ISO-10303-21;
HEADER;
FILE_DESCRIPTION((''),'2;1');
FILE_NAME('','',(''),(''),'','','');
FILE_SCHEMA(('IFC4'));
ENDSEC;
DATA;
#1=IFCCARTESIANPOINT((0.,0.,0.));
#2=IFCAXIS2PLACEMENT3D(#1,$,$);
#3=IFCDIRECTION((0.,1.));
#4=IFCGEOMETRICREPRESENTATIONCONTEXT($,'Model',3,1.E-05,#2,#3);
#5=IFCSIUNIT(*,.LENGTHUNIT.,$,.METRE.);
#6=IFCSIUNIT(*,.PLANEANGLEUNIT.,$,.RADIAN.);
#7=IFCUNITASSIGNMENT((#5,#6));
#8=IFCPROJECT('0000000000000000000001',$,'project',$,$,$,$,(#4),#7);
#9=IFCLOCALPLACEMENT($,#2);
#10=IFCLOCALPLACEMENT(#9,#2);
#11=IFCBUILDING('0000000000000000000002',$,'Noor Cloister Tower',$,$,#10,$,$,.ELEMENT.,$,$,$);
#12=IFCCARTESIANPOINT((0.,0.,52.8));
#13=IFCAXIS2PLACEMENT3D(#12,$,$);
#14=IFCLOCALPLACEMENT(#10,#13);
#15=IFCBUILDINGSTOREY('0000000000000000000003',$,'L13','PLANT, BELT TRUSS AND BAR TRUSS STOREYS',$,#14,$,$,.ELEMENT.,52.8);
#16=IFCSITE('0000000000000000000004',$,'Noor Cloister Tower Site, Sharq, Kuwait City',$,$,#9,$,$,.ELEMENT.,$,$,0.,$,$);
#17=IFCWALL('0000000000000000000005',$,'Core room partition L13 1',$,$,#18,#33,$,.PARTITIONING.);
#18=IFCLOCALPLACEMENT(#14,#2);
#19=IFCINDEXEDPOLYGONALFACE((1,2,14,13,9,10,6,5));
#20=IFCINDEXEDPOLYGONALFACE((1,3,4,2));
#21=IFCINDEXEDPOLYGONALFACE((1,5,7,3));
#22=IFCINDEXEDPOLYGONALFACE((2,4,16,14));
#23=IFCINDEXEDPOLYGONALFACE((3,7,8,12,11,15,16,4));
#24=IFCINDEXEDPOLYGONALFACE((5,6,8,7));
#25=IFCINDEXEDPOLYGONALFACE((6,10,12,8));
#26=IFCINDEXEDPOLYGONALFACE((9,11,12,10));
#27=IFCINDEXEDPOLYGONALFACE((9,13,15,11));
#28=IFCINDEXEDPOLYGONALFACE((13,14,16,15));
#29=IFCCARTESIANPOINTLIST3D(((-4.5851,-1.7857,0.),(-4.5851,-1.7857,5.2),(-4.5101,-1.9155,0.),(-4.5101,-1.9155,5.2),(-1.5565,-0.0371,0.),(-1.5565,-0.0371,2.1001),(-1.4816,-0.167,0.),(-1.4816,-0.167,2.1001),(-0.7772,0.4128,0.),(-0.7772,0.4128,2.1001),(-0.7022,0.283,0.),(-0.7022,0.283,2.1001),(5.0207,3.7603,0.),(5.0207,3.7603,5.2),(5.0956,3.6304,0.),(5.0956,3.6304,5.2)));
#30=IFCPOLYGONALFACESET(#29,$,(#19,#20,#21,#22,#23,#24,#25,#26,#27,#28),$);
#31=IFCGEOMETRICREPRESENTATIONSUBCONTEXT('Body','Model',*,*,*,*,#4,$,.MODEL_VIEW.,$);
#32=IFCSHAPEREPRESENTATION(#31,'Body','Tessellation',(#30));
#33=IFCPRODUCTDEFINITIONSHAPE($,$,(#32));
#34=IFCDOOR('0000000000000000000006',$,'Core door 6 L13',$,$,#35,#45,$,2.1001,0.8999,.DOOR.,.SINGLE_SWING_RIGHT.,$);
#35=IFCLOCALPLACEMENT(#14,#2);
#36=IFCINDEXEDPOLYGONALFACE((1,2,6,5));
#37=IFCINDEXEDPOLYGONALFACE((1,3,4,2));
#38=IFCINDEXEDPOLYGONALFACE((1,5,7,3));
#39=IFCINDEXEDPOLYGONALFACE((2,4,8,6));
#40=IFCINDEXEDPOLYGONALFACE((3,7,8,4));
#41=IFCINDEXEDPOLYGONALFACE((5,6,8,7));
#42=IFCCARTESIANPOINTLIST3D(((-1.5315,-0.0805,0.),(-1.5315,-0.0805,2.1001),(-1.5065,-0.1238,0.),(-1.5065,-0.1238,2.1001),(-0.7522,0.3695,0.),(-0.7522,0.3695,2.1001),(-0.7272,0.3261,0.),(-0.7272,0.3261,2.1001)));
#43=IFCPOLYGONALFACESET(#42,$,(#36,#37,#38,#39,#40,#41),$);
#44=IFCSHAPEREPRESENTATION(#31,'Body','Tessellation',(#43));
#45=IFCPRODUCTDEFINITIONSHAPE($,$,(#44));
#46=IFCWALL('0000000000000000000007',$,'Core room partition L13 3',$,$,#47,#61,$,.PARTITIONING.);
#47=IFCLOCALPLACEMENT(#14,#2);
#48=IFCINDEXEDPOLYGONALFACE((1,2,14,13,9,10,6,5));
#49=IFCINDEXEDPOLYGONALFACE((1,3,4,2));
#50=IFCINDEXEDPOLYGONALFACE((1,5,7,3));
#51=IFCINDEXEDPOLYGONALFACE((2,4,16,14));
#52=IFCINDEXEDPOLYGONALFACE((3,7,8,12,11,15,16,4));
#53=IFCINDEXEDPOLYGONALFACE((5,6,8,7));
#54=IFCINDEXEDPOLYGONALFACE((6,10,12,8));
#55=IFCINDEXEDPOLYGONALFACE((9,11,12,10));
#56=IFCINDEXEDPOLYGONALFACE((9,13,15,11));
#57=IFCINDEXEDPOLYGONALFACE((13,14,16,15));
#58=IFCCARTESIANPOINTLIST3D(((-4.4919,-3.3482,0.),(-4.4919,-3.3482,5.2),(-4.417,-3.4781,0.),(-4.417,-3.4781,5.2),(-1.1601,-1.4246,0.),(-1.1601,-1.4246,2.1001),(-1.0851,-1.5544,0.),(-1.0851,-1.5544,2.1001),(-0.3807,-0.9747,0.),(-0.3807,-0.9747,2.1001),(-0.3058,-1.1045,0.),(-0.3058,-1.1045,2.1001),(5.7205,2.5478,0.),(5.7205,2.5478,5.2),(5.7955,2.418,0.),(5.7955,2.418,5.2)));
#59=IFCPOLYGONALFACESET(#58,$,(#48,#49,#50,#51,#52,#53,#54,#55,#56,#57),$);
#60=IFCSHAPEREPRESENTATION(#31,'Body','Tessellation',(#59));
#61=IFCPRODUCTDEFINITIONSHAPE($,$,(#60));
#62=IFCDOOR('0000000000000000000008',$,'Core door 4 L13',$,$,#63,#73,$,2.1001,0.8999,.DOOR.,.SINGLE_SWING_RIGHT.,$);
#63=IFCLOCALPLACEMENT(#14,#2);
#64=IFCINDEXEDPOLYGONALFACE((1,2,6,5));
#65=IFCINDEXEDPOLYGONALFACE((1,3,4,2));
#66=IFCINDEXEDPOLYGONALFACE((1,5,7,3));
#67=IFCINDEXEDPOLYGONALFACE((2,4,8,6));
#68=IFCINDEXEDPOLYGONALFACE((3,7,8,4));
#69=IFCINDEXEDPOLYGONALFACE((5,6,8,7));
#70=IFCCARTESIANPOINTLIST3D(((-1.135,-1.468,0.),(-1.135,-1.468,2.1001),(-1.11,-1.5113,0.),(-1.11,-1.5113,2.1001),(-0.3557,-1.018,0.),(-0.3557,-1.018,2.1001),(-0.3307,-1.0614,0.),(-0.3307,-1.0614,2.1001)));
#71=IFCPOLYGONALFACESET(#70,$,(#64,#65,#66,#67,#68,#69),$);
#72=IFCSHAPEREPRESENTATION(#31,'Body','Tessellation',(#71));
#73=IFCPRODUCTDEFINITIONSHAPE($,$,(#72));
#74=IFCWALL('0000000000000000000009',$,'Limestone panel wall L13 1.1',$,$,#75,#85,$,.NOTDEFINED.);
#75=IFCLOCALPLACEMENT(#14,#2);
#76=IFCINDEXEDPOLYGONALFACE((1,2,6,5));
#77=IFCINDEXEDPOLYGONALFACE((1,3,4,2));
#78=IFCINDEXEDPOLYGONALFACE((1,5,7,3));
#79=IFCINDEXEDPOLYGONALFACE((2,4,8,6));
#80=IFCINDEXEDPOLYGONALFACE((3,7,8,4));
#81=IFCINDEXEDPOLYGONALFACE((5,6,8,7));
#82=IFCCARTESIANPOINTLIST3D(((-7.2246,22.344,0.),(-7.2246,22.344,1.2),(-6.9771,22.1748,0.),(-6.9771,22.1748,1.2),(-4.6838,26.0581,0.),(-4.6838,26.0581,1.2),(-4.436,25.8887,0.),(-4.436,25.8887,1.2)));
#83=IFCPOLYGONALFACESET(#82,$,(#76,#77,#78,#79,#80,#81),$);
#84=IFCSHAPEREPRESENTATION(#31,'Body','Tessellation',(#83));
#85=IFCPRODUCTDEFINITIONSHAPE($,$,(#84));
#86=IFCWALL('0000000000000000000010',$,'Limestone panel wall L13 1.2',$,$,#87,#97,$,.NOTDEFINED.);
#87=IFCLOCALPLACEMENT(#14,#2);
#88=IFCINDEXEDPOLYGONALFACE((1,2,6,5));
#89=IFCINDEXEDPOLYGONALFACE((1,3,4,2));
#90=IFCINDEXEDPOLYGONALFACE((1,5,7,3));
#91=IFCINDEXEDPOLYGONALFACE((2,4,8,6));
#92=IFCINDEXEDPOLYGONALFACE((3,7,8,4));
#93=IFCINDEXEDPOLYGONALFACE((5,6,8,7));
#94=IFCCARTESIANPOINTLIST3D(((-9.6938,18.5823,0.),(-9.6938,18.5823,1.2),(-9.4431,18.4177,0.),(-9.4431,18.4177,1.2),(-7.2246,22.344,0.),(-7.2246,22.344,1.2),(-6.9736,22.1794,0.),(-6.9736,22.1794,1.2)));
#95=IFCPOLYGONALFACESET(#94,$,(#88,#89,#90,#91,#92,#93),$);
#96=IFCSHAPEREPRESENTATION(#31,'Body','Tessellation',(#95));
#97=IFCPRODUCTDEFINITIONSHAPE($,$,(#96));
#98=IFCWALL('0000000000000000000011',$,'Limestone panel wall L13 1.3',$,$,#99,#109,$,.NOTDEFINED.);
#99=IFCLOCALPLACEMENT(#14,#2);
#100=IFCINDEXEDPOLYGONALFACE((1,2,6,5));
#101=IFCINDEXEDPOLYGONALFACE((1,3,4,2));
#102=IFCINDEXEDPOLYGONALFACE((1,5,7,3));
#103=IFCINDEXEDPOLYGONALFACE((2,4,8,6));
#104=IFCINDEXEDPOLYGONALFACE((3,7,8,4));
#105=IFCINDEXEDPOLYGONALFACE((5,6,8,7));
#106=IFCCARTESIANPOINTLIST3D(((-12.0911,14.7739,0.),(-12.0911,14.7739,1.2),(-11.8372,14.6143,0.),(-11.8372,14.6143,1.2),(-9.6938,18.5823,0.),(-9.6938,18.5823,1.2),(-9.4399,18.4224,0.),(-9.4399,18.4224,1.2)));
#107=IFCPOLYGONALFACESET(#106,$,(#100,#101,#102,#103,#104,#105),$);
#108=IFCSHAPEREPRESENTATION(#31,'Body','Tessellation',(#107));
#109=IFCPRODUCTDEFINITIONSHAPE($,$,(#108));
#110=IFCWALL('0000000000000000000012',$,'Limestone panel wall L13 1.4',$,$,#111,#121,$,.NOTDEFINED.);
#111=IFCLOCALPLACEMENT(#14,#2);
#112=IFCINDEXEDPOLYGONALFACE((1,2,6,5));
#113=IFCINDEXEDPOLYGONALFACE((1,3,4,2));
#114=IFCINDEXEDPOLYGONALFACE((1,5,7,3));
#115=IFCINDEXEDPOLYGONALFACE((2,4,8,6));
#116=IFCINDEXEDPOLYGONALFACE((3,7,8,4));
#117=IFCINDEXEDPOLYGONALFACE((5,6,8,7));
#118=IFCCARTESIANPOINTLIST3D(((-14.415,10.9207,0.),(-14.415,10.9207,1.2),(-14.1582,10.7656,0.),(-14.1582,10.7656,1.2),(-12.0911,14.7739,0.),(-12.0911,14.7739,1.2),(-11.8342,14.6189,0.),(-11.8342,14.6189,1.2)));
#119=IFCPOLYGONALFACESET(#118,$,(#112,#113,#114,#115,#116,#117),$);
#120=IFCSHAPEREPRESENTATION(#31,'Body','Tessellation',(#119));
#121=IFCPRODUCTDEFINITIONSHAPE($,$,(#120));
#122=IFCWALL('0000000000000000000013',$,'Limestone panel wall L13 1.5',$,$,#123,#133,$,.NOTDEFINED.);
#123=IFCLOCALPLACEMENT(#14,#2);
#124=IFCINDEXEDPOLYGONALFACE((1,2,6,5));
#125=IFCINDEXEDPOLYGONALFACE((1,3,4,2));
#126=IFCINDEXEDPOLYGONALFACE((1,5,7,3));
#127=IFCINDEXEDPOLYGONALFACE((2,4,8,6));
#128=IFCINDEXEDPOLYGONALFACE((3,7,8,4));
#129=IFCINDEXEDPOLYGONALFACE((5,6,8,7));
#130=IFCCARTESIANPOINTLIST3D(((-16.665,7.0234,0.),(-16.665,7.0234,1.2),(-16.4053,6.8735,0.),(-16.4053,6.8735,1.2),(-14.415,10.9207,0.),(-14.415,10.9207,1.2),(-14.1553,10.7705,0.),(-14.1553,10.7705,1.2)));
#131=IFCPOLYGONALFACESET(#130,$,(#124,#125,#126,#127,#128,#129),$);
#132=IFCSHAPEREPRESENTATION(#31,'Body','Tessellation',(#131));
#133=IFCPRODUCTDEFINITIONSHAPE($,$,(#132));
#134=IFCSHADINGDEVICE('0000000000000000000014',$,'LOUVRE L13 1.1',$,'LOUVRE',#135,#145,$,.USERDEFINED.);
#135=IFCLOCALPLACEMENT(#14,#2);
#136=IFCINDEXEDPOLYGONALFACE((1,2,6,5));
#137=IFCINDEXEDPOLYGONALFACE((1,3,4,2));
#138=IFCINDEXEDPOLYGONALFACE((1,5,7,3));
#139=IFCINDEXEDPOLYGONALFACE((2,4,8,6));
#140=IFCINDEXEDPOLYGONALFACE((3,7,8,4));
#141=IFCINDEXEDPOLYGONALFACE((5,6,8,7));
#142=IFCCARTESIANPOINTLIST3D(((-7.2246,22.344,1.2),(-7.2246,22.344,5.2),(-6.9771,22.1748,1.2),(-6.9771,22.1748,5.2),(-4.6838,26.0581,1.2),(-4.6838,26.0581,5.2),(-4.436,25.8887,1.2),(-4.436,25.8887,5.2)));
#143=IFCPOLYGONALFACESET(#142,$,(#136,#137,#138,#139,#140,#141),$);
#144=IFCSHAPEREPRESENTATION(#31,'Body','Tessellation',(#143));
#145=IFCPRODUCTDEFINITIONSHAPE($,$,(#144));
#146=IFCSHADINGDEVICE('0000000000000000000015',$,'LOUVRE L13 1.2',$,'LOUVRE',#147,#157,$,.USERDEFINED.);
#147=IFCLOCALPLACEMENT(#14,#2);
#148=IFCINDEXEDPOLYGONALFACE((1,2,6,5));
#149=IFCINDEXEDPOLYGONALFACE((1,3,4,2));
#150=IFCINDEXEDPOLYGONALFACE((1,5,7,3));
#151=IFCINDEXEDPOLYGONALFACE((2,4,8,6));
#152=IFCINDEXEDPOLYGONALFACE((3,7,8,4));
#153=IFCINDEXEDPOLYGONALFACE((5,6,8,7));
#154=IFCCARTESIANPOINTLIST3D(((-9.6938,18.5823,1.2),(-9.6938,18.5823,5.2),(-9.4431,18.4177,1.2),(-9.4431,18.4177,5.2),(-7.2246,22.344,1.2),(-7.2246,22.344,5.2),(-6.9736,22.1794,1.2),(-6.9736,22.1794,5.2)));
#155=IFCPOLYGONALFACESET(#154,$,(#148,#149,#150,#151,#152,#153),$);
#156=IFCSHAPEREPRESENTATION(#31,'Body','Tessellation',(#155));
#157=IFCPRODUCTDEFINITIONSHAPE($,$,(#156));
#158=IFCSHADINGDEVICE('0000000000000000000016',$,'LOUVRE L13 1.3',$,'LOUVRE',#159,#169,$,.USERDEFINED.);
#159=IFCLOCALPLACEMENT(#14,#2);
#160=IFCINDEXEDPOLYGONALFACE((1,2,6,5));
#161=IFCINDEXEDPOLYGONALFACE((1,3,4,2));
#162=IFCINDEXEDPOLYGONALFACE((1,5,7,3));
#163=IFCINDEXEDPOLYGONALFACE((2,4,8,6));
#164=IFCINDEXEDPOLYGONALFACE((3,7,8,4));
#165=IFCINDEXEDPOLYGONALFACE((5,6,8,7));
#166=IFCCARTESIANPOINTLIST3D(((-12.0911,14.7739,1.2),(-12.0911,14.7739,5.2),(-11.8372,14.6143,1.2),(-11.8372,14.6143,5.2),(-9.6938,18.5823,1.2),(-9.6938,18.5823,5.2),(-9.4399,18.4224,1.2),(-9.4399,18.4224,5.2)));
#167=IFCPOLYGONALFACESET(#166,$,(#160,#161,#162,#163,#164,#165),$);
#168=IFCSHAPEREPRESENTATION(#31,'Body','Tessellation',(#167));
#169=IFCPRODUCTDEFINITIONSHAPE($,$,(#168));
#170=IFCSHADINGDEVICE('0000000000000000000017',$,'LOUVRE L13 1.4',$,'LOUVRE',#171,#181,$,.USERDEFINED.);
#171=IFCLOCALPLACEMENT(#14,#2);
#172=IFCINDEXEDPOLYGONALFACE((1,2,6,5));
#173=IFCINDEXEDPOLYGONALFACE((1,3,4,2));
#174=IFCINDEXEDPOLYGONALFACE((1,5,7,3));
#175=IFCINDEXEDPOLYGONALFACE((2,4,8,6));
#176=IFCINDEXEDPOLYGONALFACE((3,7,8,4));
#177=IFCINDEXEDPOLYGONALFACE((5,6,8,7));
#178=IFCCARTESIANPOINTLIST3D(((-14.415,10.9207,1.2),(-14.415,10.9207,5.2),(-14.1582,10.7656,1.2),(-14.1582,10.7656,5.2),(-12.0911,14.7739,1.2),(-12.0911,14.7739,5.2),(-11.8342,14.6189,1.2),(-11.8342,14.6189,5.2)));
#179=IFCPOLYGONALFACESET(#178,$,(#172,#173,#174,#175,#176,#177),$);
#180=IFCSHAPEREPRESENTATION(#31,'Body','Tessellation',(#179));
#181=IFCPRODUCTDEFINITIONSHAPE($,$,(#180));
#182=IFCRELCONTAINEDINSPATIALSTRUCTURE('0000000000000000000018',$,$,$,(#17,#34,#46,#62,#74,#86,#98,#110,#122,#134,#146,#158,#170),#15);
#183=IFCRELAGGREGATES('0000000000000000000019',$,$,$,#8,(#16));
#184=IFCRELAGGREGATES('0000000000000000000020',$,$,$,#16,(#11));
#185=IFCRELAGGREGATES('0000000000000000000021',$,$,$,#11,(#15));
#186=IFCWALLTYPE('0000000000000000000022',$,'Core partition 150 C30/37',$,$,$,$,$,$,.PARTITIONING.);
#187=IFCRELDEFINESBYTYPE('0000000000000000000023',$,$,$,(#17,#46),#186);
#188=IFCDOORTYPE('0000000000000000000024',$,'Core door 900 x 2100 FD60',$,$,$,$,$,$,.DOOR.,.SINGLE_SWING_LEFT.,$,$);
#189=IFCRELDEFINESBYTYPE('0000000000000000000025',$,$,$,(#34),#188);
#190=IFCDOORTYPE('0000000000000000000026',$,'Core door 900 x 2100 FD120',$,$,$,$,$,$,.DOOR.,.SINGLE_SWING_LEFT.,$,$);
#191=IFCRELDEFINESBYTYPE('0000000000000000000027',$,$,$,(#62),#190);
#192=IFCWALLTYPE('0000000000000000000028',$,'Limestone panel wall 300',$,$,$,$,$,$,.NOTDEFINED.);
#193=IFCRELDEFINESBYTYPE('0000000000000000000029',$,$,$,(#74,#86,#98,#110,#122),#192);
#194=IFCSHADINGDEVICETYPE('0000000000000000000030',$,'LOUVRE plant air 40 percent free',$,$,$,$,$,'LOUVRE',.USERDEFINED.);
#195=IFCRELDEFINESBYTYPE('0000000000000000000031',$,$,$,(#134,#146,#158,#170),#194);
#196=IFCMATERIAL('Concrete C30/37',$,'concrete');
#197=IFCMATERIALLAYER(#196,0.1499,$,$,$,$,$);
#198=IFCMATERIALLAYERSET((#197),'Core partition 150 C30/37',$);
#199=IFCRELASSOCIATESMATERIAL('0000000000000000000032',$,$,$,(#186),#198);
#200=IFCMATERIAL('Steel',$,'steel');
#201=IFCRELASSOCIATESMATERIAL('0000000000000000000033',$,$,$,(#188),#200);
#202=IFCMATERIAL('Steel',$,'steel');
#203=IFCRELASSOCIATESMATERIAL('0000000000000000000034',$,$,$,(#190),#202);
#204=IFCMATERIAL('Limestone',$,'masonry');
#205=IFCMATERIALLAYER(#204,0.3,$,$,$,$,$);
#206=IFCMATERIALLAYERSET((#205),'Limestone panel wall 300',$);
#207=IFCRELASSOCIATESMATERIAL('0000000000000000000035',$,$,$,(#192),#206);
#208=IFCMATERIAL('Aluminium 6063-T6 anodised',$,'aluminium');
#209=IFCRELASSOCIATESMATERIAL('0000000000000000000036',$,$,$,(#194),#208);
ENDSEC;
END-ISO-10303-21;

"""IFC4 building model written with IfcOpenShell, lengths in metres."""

from ifc_helpers import new_model, si_unit, direction, frame, frame_2d, origin, place, context, subcontext, project, spatial, polyline, rectangle, outline, extrude, material, layer, layer_set, type_object, element, fill, save


model = new_model("IFC4")

# Units and contexts
model_context = context("Model", 3, precision=1e-05, world=origin(), true_north=direction((0.0, 1.0)))
body_context = subcontext(model_context, "Body", "Model", "MODEL_VIEW")
ifc_project = project(units=[si_unit("LENGTHUNIT", "METRE"), si_unit("PLANEANGLEUNIT", "RADIAN")], contexts=[model_context])

# Site, building, storey
site_placement = place(None, origin())
site = spatial("IfcSite", under=ifc_project, at=site_placement, Name="Noor Cloister Tower Site, Sharq, Kuwait City", CompositionType="ELEMENT", RefElevation=0.0)
building_placement = place(site_placement, origin())
building = spatial("IfcBuilding", under=site, at=building_placement, Name="Noor Cloister Tower", CompositionType="ELEMENT")
storey_placement = place(building_placement, frame((0.0, 0.0, 52.8)))
storey = spatial("IfcBuildingStorey", under=building, at=storey_placement, Name="L13", Description="PLANT, BELT TRUSS AND BAR TRUSS STOREYS", CompositionType="ELEMENT", Elevation=52.8)

# Walls, openings, doors
ifc_material_1 = material(Name="Concrete C30/37", Category="concrete")
ifc_layer_1 = layer(ifc_material_1, 0.1499)
ifc_layer_set_1 = layer_set([ifc_layer_1], Name="Core partition 150 C30/37")
wall_type_1 = type_object("IfcWallType", Name="Core partition 150 C30/37", PredefinedType="PARTITIONING", material=ifc_layer_set_1)
wall_1_placement = place(storey_placement, frame((-4.5476, -1.8506, 0.0), z_axis=(0.0, 0.0, 1.0), x_axis=(0.866024, 0.500003, 0.0)))
wall_1 = element("IfcWall", 1, at=wall_1_placement, inside=storey, type_object=wall_type_1, Name="Core room partition L13 1", PredefinedType="PARTITIONING", context=body_context, shape_type="SweptSolid", body=[
    extrude(rectangle(XDim=11.0918, YDim=0.1499, at=frame_2d((5.5459, 0.0))), origin(), (0.0, 0.0, 1.0), 5.2),
])
opening_1_placement = place(wall_1_placement, frame((3.4971, 0.0, 0.0)))
opening_1 = element("IfcOpeningElement", 2, at=opening_1_placement, cuts=wall_1, PredefinedType="OPENING", context=body_context, shape_type="SweptSolid", body=[
    extrude(rectangle(XDim=0.8999, YDim=2.1001, at=frame_2d((0.45, 1.05))), frame((0.0, 0.085, 0.0), z_axis=(0.0, -1.0, 0.0), x_axis=(1.0, 0.0, 0.0)), (0.0, 0.0, 1.0), 0.1699),
])
ifc_material_2 = material(Name="Steel", Category="steel")
door_type_1 = type_object("IfcDoorType", Name="Core door 900 x 2100 FD60", OperationType="SINGLE_SWING_LEFT", PredefinedType="DOOR", material=ifc_material_2)
door_1_placement = place(opening_1_placement, origin())
door_1 = element("IfcDoor", 3, at=door_1_placement, inside=storey, type_object=door_type_1, Name="Core door 6 L13", OperationType="SINGLE_SWING_RIGHT", OverallHeight=2.1001, OverallWidth=0.8999, PredefinedType="DOOR", context=body_context, shape_type="SweptSolid", body=[
    extrude(rectangle(XDim=0.8999, YDim=2.1001, at=frame_2d((0.45, 1.05))), frame((0.0, 0.0249, 0.0), z_axis=(0.0, -1.0, 0.0), x_axis=(1.0, 0.0, 0.0)), (0.0, 0.0, 1.0), 0.05),
])
fill(opening_1, door_1)
wall_2_placement = place(storey_placement, frame((-4.4543, -3.4131, 0.0), z_axis=(0.0, 0.0, 1.0), x_axis=(0.86603, 0.499991, 0.0)))
wall_2 = element("IfcWall", 4, at=wall_2_placement, inside=storey, type_object=wall_type_1, Name="Core room partition L13 3", PredefinedType="PARTITIONING", context=body_context, shape_type="SweptSolid", body=[
    extrude(rectangle(XDim=11.7922, YDim=0.1499, at=frame_2d((5.896, 0.0))), origin(), (0.0, 0.0, 1.0), 5.2),
])
opening_2_placement = place(wall_2_placement, frame((3.8472, 0.0, 0.0)))
opening_2 = element("IfcOpeningElement", 5, at=opening_2_placement, cuts=wall_2, PredefinedType="OPENING", context=body_context, shape_type="SweptSolid", body=[
    extrude(rectangle(XDim=0.8999, YDim=2.1001, at=frame_2d((0.45, 1.05))), frame((0.0, 0.085, 0.0), z_axis=(0.0, -1.0, 0.0), x_axis=(1.0, 0.0, 0.0)), (0.0, 0.0, 1.0), 0.1699),
])
ifc_material_3 = material(Name="Steel", Category="steel")
door_type_2 = type_object("IfcDoorType", Name="Core door 900 x 2100 FD120", OperationType="SINGLE_SWING_LEFT", PredefinedType="DOOR", material=ifc_material_3)
door_2_placement = place(opening_2_placement, origin())
door_2 = element("IfcDoor", 6, at=door_2_placement, inside=storey, type_object=door_type_2, Name="Core door 4 L13", OperationType="SINGLE_SWING_RIGHT", OverallHeight=2.1001, OverallWidth=0.8999, PredefinedType="DOOR", context=body_context, shape_type="SweptSolid", body=[
    extrude(rectangle(XDim=0.8999, YDim=2.1001, at=frame_2d((0.45, 1.05))), frame((0.0, 0.0249, 0.0), z_axis=(0.0, -1.0, 0.0), x_axis=(1.0, 0.0, 0.0)), (0.0, 0.0, 1.0), 0.05),
])
fill(opening_2, door_2)

# Walls
ifc_material_4 = material(Name="Limestone", Category="masonry")
ifc_layer_2 = layer(ifc_material_4, 0.3)
ifc_layer_set_2 = layer_set([ifc_layer_2], Name="Limestone panel wall 300")
wall_type_2 = type_object("IfcWallType", Name="Limestone panel wall 300", PredefinedType="NOTDEFINED", material=ifc_layer_set_2)
wall_3_placement = place(storey_placement, origin())
element("IfcWall", 7, at=wall_3_placement, inside=storey, type_object=wall_type_2, Name="Limestone panel wall L13 1.1", PredefinedType="NOTDEFINED", context=body_context, shape_type="SweptSolid", body=[
    extrude(outline(polyline([(-4.6838, 26.0581), (-7.2246, 22.344), (-6.9771, 22.1748), (-4.436, 25.8887), (-4.6838, 26.0581)])), origin(), (0.0, 0.0, 1.0), 1.2),
])
wall_4_placement = place(storey_placement, origin())
element("IfcWall", 8, at=wall_4_placement, inside=storey, type_object=wall_type_2, Name="Limestone panel wall L13 1.2", PredefinedType="NOTDEFINED", context=body_context, shape_type="SweptSolid", body=[
    extrude(outline(polyline([(-7.2246, 22.344), (-9.6938, 18.5823), (-9.4431, 18.4177), (-6.9736, 22.1794), (-7.2246, 22.344)])), origin(), (0.0, 0.0, 1.0), 1.2),
])
wall_5_placement = place(storey_placement, origin())
element("IfcWall", 9, at=wall_5_placement, inside=storey, type_object=wall_type_2, Name="Limestone panel wall L13 1.3", PredefinedType="NOTDEFINED", context=body_context, shape_type="SweptSolid", body=[
    extrude(outline(polyline([(-9.6938, 18.5823), (-12.0911, 14.7739), (-11.8372, 14.6143), (-9.4399, 18.4224), (-9.6938, 18.5823)])), origin(), (0.0, 0.0, 1.0), 1.2),
])
wall_6_placement = place(storey_placement, origin())
element("IfcWall", 10, at=wall_6_placement, inside=storey, type_object=wall_type_2, Name="Limestone panel wall L13 1.4", PredefinedType="NOTDEFINED", context=body_context, shape_type="SweptSolid", body=[
    extrude(outline(polyline([(-12.0911, 14.7739), (-14.415, 10.9207), (-14.1582, 10.7656), (-11.8342, 14.6189), (-12.0911, 14.7739)])), origin(), (0.0, 0.0, 1.0), 1.2),
])
wall_7_placement = place(storey_placement, origin())
element("IfcWall", 11, at=wall_7_placement, inside=storey, type_object=wall_type_2, Name="Limestone panel wall L13 1.5", PredefinedType="NOTDEFINED", context=body_context, shape_type="SweptSolid", body=[
    extrude(outline(polyline([(-14.415, 10.9207), (-16.665, 7.0234), (-16.4053, 6.8735), (-14.1553, 10.7705), (-14.415, 10.9207)])), origin(), (0.0, 0.0, 1.0), 1.2),
])

# Shading devices
ifc_material_5 = material(Name="Aluminium 6063-T6 anodised", Category="aluminium")
shading_device_type = type_object("IfcShadingDeviceType", Name="LOUVRE plant air 40 percent free", ElementType="LOUVRE", PredefinedType="USERDEFINED", material=ifc_material_5)
shading_device_1_placement = place(storey_placement, frame((0.0, 0.0, 1.2)))
element("IfcShadingDevice", 12, at=shading_device_1_placement, inside=storey, type_object=shading_device_type, Name="LOUVRE L13 1.1", ObjectType="LOUVRE", PredefinedType="USERDEFINED", context=body_context, shape_type="SweptSolid", body=[
    extrude(outline(polyline([(-4.6838, 26.0581), (-7.2246, 22.344), (-6.9771, 22.1748), (-4.436, 25.8887), (-4.6838, 26.0581)])), origin(), (0.0, 0.0, 1.0), 4.0),
])
shading_device_2_placement = place(storey_placement, frame((0.0, 0.0, 1.2)))
element("IfcShadingDevice", 13, at=shading_device_2_placement, inside=storey, type_object=shading_device_type, Name="LOUVRE L13 1.2", ObjectType="LOUVRE", PredefinedType="USERDEFINED", context=body_context, shape_type="SweptSolid", body=[
    extrude(outline(polyline([(-7.2246, 22.344), (-9.6938, 18.5823), (-9.4431, 18.4177), (-6.9736, 22.1794), (-7.2246, 22.344)])), origin(), (0.0, 0.0, 1.0), 4.0),
])
shading_device_3_placement = place(storey_placement, frame((0.0, 0.0, 1.2)))
element("IfcShadingDevice", 14, at=shading_device_3_placement, inside=storey, type_object=shading_device_type, Name="LOUVRE L13 1.3", ObjectType="LOUVRE", PredefinedType="USERDEFINED", context=body_context, shape_type="SweptSolid", body=[
    extrude(outline(polyline([(-9.6938, 18.5823), (-12.0911, 14.7739), (-11.8372, 14.6143), (-9.4399, 18.4224), (-9.6938, 18.5823)])), origin(), (0.0, 0.0, 1.0), 4.0),
])
shading_device_4_placement = place(storey_placement, frame((0.0, 0.0, 1.2)))
element("IfcShadingDevice", 15, at=shading_device_4_placement, inside=storey, type_object=shading_device_type, Name="LOUVRE L13 1.4", ObjectType="LOUVRE", PredefinedType="USERDEFINED", context=body_context, shape_type="SweptSolid", body=[
    extrude(outline(polyline([(-12.0911, 14.7739), (-14.415, 10.9207), (-14.1582, 10.7656), (-11.8342, 14.6189), (-12.0911, 14.7739)])), origin(), (0.0, 0.0, 1.0), 4.0),
])

save(model, "model.ifc")
